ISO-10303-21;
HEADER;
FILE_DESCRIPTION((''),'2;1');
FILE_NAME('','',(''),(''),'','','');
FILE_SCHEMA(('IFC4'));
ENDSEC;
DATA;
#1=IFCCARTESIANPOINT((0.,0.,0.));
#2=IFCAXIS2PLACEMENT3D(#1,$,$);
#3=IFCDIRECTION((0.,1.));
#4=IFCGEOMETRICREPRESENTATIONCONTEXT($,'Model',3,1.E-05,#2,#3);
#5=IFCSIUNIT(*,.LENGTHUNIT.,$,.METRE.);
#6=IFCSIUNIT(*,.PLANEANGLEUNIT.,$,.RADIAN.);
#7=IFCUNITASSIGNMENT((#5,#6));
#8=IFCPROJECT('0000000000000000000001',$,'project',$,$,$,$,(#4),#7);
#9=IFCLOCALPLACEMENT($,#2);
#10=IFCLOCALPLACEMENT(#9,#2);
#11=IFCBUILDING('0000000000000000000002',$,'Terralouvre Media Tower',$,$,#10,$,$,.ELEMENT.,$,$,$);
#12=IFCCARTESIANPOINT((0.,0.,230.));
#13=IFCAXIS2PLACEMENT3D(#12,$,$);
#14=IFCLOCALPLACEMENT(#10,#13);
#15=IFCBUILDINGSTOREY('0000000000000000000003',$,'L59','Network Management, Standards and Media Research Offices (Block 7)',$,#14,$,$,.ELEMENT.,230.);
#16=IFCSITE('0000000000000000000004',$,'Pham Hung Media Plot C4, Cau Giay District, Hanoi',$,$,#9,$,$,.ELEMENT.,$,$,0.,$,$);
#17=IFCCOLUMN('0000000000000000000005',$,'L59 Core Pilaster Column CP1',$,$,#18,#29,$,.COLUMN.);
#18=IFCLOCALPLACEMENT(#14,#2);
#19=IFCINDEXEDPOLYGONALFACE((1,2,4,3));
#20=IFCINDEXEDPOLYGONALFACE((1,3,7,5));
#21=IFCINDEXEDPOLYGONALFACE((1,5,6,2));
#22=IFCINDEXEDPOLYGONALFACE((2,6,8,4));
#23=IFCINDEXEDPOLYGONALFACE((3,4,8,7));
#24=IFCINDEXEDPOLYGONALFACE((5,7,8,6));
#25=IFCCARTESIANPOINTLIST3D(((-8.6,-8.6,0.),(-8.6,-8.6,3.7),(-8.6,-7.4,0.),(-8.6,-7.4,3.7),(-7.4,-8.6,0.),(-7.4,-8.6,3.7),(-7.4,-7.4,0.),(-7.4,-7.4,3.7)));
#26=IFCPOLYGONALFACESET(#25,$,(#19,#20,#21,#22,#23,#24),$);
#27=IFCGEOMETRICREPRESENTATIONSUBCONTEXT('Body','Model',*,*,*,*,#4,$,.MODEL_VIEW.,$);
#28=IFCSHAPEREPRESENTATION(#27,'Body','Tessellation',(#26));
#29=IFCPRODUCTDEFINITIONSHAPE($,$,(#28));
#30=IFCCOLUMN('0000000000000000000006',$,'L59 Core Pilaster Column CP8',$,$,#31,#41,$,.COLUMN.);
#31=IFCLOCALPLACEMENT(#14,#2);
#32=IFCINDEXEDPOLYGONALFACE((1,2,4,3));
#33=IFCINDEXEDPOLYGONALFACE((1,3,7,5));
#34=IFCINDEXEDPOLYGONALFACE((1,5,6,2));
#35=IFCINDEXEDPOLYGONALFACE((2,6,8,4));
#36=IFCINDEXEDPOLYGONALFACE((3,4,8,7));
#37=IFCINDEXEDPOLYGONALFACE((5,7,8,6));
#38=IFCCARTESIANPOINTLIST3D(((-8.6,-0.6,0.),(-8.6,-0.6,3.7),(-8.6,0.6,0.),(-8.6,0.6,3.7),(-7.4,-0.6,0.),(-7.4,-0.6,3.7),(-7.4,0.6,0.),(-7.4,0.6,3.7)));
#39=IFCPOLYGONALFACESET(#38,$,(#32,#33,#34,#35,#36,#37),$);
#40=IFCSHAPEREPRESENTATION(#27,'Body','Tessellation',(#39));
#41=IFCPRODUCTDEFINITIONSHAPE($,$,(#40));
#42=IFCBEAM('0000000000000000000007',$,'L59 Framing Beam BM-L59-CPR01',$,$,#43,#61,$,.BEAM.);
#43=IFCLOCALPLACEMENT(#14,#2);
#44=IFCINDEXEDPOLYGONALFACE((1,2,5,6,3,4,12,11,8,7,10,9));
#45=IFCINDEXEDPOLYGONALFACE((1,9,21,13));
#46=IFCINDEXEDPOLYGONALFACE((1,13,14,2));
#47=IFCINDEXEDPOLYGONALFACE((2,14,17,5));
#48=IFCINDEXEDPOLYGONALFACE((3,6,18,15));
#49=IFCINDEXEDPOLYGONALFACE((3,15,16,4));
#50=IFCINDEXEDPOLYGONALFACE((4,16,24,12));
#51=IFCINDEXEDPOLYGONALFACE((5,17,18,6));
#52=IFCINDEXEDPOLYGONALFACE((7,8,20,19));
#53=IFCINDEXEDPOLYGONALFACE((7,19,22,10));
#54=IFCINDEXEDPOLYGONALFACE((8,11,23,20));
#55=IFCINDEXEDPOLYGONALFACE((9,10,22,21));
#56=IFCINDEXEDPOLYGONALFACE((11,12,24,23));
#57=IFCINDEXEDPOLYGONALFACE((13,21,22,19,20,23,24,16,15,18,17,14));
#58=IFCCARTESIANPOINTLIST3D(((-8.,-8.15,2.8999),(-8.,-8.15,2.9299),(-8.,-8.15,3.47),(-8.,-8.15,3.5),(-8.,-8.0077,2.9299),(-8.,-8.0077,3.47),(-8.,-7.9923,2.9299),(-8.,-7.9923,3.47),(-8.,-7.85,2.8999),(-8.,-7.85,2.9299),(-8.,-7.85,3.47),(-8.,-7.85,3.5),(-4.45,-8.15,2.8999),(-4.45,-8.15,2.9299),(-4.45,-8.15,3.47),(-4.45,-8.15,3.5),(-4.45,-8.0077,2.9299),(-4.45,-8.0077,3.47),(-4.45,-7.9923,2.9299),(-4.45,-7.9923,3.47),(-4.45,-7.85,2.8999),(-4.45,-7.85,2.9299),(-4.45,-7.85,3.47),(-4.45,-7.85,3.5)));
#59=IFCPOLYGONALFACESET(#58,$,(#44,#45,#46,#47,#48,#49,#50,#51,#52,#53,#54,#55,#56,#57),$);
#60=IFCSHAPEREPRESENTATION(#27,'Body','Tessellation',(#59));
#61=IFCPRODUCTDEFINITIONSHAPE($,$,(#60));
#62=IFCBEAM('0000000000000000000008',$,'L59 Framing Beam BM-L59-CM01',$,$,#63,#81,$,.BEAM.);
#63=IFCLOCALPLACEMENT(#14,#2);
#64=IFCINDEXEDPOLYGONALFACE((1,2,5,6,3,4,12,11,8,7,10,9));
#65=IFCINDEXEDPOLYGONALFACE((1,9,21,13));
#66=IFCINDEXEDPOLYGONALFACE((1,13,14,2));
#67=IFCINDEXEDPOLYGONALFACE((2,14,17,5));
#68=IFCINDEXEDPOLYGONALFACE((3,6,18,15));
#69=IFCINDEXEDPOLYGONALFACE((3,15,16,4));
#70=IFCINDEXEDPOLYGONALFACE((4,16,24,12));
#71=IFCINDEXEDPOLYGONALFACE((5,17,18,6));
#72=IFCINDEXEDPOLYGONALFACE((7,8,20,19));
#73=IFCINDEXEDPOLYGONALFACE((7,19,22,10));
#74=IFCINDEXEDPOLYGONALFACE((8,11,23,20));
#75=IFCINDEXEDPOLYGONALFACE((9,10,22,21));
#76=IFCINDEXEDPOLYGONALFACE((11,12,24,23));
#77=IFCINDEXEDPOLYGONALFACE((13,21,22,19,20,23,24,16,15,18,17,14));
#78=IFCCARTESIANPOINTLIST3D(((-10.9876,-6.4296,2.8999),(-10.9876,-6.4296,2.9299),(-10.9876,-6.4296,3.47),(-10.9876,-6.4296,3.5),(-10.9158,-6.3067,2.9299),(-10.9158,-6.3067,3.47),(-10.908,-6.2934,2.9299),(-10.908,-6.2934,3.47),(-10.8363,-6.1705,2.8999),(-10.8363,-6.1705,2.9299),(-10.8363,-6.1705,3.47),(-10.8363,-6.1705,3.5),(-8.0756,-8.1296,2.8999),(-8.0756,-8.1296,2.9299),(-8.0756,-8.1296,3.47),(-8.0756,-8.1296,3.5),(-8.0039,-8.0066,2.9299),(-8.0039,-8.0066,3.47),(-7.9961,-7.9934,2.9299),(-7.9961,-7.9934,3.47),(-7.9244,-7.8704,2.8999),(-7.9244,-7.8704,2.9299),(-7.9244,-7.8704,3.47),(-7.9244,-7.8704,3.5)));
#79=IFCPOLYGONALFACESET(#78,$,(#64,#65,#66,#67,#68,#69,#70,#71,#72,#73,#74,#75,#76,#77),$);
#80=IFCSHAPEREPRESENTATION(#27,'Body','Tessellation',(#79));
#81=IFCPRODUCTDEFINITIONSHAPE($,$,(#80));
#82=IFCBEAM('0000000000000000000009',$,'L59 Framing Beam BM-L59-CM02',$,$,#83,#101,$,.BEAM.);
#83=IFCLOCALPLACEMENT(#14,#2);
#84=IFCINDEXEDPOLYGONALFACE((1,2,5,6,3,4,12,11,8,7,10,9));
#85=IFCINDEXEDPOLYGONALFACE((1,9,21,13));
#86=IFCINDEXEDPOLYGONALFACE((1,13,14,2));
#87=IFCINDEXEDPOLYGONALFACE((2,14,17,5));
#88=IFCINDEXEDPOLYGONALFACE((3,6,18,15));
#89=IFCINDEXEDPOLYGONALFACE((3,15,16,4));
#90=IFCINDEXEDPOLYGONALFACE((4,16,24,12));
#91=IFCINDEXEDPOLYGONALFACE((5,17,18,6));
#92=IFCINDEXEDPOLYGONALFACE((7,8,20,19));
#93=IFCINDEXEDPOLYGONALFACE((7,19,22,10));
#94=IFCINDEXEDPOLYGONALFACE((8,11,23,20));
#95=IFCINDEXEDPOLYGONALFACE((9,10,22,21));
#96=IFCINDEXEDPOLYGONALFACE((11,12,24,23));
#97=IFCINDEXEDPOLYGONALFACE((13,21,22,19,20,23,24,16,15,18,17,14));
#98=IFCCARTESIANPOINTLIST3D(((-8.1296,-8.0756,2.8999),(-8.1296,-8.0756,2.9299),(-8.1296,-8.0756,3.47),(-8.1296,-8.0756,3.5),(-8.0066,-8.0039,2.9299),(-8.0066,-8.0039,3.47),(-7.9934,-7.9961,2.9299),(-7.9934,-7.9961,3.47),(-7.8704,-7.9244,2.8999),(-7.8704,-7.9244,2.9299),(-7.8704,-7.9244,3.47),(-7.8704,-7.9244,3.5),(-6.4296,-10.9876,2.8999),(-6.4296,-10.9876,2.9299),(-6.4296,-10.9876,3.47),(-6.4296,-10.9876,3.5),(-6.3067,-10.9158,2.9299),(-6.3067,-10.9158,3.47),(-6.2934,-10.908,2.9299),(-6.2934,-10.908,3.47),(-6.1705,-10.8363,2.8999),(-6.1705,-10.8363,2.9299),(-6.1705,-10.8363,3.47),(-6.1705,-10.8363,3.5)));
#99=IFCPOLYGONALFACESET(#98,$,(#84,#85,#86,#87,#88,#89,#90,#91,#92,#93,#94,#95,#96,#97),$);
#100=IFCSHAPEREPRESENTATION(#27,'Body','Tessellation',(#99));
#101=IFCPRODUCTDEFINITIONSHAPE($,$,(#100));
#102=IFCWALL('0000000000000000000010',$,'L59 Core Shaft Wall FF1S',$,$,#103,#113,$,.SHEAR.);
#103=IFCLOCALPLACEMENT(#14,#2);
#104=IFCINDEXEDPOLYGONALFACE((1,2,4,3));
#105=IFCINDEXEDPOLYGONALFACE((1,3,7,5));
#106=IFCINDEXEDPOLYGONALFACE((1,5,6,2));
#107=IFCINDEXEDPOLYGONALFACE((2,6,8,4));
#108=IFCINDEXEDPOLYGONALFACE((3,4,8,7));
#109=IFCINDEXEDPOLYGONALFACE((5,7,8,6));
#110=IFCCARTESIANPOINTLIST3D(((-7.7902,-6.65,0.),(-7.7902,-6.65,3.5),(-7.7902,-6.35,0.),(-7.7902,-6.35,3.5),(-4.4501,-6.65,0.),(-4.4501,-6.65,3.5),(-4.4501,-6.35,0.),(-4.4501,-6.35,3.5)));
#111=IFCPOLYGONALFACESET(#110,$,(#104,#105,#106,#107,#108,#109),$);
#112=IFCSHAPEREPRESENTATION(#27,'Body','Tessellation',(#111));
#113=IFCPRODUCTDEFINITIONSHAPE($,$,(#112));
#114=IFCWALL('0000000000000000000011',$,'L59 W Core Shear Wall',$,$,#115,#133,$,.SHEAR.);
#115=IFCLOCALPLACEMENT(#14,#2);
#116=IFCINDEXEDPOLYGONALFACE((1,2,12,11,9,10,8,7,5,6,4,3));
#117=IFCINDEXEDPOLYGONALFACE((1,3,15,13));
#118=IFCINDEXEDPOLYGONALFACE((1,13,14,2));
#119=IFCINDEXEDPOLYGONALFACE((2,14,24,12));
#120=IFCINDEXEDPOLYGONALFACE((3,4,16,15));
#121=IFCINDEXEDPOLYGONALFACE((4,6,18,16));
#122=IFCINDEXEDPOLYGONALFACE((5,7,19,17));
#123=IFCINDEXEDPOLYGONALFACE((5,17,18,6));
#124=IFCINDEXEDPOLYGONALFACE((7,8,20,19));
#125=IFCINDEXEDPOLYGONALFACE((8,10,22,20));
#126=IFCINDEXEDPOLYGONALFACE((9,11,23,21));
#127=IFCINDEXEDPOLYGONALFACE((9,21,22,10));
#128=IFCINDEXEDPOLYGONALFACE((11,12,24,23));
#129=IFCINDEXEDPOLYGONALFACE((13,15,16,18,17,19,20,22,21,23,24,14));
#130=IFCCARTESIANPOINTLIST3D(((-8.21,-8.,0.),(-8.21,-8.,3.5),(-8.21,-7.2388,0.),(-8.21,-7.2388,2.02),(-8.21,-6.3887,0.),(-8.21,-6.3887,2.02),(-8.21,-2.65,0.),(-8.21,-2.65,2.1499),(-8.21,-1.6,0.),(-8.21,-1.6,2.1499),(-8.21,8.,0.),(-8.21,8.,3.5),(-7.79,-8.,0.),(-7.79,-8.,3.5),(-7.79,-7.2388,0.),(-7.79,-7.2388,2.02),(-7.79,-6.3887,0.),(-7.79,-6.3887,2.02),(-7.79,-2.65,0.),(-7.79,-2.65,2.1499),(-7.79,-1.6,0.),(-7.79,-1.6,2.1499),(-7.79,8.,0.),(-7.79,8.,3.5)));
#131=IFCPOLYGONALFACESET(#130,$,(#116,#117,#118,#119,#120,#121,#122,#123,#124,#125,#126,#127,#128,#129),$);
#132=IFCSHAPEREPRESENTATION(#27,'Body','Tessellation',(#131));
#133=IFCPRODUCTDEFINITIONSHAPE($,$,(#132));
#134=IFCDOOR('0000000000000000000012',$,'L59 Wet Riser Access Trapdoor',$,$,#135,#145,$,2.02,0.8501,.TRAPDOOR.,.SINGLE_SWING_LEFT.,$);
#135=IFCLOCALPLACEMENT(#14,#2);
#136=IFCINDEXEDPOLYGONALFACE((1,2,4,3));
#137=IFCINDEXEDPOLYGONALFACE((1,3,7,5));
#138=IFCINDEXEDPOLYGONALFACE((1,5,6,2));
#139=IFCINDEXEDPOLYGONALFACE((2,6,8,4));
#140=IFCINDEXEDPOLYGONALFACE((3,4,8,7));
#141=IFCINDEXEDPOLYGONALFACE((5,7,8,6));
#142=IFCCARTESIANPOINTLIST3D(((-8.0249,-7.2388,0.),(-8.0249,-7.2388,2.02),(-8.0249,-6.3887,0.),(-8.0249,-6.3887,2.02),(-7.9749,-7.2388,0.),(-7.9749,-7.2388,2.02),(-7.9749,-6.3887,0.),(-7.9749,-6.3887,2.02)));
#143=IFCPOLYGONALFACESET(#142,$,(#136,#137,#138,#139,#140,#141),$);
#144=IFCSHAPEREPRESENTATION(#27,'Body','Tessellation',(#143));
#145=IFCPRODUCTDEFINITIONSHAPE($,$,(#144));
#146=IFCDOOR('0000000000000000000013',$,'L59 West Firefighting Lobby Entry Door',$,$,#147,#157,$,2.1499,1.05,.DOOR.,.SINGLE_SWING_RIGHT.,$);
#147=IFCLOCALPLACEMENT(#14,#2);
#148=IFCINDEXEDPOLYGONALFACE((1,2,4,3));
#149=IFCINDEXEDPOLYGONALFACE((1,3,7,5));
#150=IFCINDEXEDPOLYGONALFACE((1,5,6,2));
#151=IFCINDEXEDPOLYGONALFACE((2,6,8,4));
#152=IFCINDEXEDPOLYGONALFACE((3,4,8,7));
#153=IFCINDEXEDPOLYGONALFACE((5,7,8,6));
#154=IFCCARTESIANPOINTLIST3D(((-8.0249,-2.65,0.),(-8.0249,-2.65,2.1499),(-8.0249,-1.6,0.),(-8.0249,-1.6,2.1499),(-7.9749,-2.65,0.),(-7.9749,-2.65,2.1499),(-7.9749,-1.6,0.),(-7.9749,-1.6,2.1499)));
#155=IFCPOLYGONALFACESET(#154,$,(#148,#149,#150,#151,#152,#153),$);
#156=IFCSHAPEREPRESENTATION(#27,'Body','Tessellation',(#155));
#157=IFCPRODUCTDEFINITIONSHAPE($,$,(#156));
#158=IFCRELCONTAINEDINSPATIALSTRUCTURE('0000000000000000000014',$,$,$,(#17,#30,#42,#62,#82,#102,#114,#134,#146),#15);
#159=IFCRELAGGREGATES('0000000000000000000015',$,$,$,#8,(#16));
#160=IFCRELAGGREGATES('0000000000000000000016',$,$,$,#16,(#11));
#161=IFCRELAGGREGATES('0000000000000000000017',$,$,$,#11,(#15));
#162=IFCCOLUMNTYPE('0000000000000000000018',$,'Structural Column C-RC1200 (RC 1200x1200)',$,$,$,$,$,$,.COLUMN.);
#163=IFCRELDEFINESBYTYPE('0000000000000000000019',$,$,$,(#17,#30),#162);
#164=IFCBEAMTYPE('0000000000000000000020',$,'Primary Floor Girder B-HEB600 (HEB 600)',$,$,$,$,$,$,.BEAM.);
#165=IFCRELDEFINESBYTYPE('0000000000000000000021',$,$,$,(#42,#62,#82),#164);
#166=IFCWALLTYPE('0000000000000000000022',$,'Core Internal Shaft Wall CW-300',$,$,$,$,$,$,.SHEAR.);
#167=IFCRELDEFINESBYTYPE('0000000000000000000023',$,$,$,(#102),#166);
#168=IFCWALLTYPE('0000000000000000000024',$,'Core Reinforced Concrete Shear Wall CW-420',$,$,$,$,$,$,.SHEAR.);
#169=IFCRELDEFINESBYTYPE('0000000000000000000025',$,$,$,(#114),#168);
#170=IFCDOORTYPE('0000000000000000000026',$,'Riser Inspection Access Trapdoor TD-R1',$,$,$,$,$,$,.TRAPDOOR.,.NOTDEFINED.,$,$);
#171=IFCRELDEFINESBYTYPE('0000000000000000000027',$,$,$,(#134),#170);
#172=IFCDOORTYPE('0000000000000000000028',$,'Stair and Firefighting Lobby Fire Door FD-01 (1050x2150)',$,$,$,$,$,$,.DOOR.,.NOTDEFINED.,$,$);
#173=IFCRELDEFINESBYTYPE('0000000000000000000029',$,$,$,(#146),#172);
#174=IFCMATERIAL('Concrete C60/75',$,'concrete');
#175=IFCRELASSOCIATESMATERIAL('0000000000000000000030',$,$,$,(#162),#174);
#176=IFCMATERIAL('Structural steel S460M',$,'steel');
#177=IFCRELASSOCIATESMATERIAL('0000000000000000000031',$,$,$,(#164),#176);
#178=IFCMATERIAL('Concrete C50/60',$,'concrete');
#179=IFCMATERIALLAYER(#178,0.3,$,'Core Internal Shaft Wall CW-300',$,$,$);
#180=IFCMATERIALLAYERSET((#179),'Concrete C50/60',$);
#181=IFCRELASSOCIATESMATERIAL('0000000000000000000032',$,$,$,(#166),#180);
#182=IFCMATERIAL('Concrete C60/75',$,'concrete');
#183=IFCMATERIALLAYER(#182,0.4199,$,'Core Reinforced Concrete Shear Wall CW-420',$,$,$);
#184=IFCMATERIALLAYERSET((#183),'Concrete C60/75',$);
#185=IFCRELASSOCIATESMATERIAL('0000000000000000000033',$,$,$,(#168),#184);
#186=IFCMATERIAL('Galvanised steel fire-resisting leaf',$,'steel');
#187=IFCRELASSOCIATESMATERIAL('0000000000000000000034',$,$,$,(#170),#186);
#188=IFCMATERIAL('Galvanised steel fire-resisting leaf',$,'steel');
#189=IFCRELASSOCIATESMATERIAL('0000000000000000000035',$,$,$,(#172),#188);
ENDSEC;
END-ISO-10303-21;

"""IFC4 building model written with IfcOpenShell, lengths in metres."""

from ifc_helpers import new_model, si_unit, direction, frame, frame_2d, origin, origin_2d, place, context, subcontext, project, spatial, rectangle, i_section, extrude, material, layer, layer_set, material_profile, profile_set, type_object, element, fill, save


model = new_model("IFC4")

# Units and contexts
model_context = context("Model", 3, precision=1e-05, world=origin(), true_north=direction((0.0, 1.0)))
body_context = subcontext(model_context, "Body", "Model", "MODEL_VIEW")
ifc_project = project(units=[si_unit("LENGTHUNIT", "METRE"), si_unit("PLANEANGLEUNIT", "RADIAN")], contexts=[model_context])

# Site, building, storey
site_placement = place(None, origin())
site = spatial("IfcSite", under=ifc_project, at=site_placement, Name="Pham Hung Media Plot C4, Cau Giay District, Hanoi", CompositionType="ELEMENT", RefElevation=0.0)
building_placement = place(site_placement, origin())
building = spatial("IfcBuilding", under=site, at=building_placement, Name="Terralouvre Media Tower", CompositionType="ELEMENT")
storey_placement = place(building_placement, frame((0.0, 0.0, 230.0)))
storey = spatial("IfcBuildingStorey", under=building, at=storey_placement, Name="L59", Description="Network Management, Standards and Media Research Offices (Block 7)", CompositionType="ELEMENT", Elevation=230.0)

# Columns
ifc_material_1 = material(Name="Concrete C60/75", Category="concrete")
ifc_material_profile_1 = material_profile(ifc_material_1, rectangle(XDim=1.2, YDim=1.2, at=origin_2d()), Name="RC 1200x1200")
ifc_profile_set_1 = profile_set([ifc_material_profile_1], Name="Concrete C60/75")
column_type = type_object("IfcColumnType", Name="Structural Column C-RC1200 (RC 1200x1200)", PredefinedType="COLUMN", material=ifc_profile_set_1)
for number, where, z_axis, x_axis, name in (
    (1, (-8.0, -8.0, 0.0), (0.0, 0.0, 1.0), (1.0, 0.0, 0.0), "L59 Core Pilaster Column CP1"),
    (2, (-8.0, 0.0, 0.0), (0.0, 0.0, 1.0), (1.0, 0.0, 0.0), "L59 Core Pilaster Column CP8"),
):
    element("IfcColumn", number, at=place(storey_placement, frame(where, z_axis=z_axis, x_axis=x_axis)), inside=storey, type_object=column_type, Name=name, PredefinedType="COLUMN", context=body_context, shape_type="SweptSolid", body=[
        extrude(rectangle(XDim=1.2, YDim=1.2, at=origin_2d()), origin(), (0.0, 0.0, 1.0), 3.7),
    ])

# Beams
ifc_material_2 = material(Name="Structural steel S460M", Category="steel")
ifc_material_profile_2 = material_profile(ifc_material_2, i_section(OverallWidth=0.3, OverallDepth=0.6001, WebThickness=0.0154, FlangeThickness=0.03, at=origin_2d()), Name="HEB 600")
ifc_profile_set_2 = profile_set([ifc_material_profile_2], Name="Structural steel S460M")
beam_type = type_object("IfcBeamType", Name="Primary Floor Girder B-HEB600 (HEB 600)", PredefinedType="BEAM", material=ifc_profile_set_2)
beam_placement = place(storey_placement, frame((-8.0, -8.0, 3.2), z_axis=(1.0, 0.0, 0.0), x_axis=(0.0, 1.0, 0.0)))
element("IfcBeam", 3, at=beam_placement, inside=storey, type_object=beam_type, Name="L59 Framing Beam BM-L59-CPR01", PredefinedType="BEAM", context=body_context, shape_type="SweptSolid", body=[
    extrude(i_section(OverallWidth=0.3, OverallDepth=0.6001, WebThickness=0.0154, FlangeThickness=0.03, at=origin_2d()), origin(), (0.0, 0.0, 1.0), 3.55),
])
for number, where, z_axis, x_axis, name in (
    (4, (-8.0, -8.0, 3.2), (-0.863603, 0.504173, 0.0), (-0.504173, -0.863603, 0.0), "L59 Framing Beam BM-L59-CM01"),
    (5, (-8.0, -8.0, 3.2), (0.504173, -0.863603, 0.0), (0.863603, 0.504173, 0.0), "L59 Framing Beam BM-L59-CM02"),
):
    element("IfcBeam", number, at=place(storey_placement, frame(where, z_axis=z_axis, x_axis=x_axis)), inside=storey, type_object=beam_type, Name=name, PredefinedType="BEAM", context=body_context, shape_type="SweptSolid", body=[
        extrude(i_section(OverallWidth=0.3, OverallDepth=0.6001, WebThickness=0.0154, FlangeThickness=0.03, at=origin_2d()), origin(), (0.0, 0.0, 1.0), 3.3718),
    ])

# Wall
ifc_material_3 = material(Name="Concrete C50/60", Category="concrete")
ifc_layer_1 = layer(ifc_material_3, 0.3, Name="Core Internal Shaft Wall CW-300")
ifc_layer_set_1 = layer_set([ifc_layer_1], Name="Concrete C50/60")
wall_type_1 = type_object("IfcWallType", Name="Core Internal Shaft Wall CW-300", PredefinedType="SHEAR", material=ifc_layer_set_1)
wall_1_placement = place(storey_placement, frame((-7.79, -6.5, 0.0), z_axis=(0.0, 0.0, 1.0), x_axis=(1.0, 0.0, 0.0)))
element("IfcWall", 6, at=wall_1_placement, inside=storey, type_object=wall_type_1, Name="L59 Core Shaft Wall FF1S", PredefinedType="SHEAR", context=body_context, shape_type="SweptSolid", body=[
    extrude(rectangle(XDim=3.3401, YDim=0.3, at=frame_2d((1.6699, 0.0))), origin(), (0.0, 0.0, 1.0), 3.5),
])

# Wall, openings, doors
ifc_material_4 = material(Name="Concrete C60/75", Category="concrete")
ifc_layer_2 = layer(ifc_material_4, 0.4199, Name="Core Reinforced Concrete Shear Wall CW-420")
ifc_layer_set_2 = layer_set([ifc_layer_2], Name="Concrete C60/75")
wall_type_2 = type_object("IfcWallType", Name="Core Reinforced Concrete Shear Wall CW-420", PredefinedType="SHEAR", material=ifc_layer_set_2)
wall_2_placement = place(storey_placement, frame((-8.0, -8.0, 0.0), z_axis=(0.0, 0.0, 1.0), x_axis=(0.0, 1.0, 0.0)))
wall_2 = element("IfcWall", 7, at=wall_2_placement, inside=storey, type_object=wall_type_2, Name="L59 W Core Shear Wall", PredefinedType="SHEAR", context=body_context, shape_type="SweptSolid", body=[
    extrude(rectangle(XDim=16.0, YDim=0.4199, at=frame_2d((8.0, 0.0))), origin(), (0.0, 0.0, 1.0), 3.5),
])
opening_1_placement = place(wall_2_placement, frame((0.7612, 0.0, 0.0)))
opening_1 = element("IfcOpeningElement", 8, at=opening_1_placement, cuts=wall_2, PredefinedType="OPENING", context=body_context, shape_type="SweptSolid", body=[
    extrude(rectangle(XDim=0.8501, YDim=2.02, at=frame_2d((0.425, 1.01))), frame((0.0, 0.22, 0.0), z_axis=(0.0, -1.0, 0.0), x_axis=(1.0, 0.0, 0.0)), (0.0, 0.0, 1.0), 0.4399),
])
opening_2_placement = place(wall_2_placement, frame((5.3501, 0.0, 0.0)))
opening_2 = element("IfcOpeningElement", 9, at=opening_2_placement, cuts=wall_2, PredefinedType="OPENING", context=body_context, shape_type="SweptSolid", body=[
    extrude(rectangle(XDim=1.05, YDim=2.1499, at=frame_2d((0.5249, 1.075))), frame((0.0, 0.22, 0.0), z_axis=(0.0, -1.0, 0.0), x_axis=(1.0, 0.0, 0.0)), (0.0, 0.0, 1.0), 0.4399),
])
ifc_material_5 = material(Name="Galvanised steel fire-resisting leaf", Category="steel")
door_type_1 = type_object("IfcDoorType", Name="Riser Inspection Access Trapdoor TD-R1", OperationType="NOTDEFINED", PredefinedType="TRAPDOOR", material=ifc_material_5)
door_1_placement = place(opening_1_placement, origin())
door_1 = element("IfcDoor", 10, at=door_1_placement, inside=storey, type_object=door_type_1, Name="L59 Wet Riser Access Trapdoor", OperationType="SINGLE_SWING_LEFT", OverallHeight=2.02, OverallWidth=0.8501, PredefinedType="TRAPDOOR", context=body_context, shape_type="SweptSolid", body=[
    extrude(rectangle(XDim=0.8501, YDim=2.02, at=frame_2d((0.425, 1.01))), frame((0.0, 0.0249, 0.0), z_axis=(0.0, -1.0, 0.0), x_axis=(1.0, 0.0, 0.0)), (0.0, 0.0, 1.0), 0.05),
])
fill(opening_1, door_1)
ifc_material_6 = material(Name="Galvanised steel fire-resisting leaf", Category="steel")
door_type_2 = type_object("IfcDoorType", Name="Stair and Firefighting Lobby Fire Door FD-01 (1050x2150)", OperationType="NOTDEFINED", PredefinedType="DOOR", material=ifc_material_6)
door_2_placement = place(opening_2_placement, origin())
door_2 = element("IfcDoor", 11, at=door_2_placement, inside=storey, type_object=door_type_2, Name="L59 West Firefighting Lobby Entry Door", OperationType="SINGLE_SWING_RIGHT", OverallHeight=2.1499, OverallWidth=1.05, PredefinedType="DOOR", context=body_context, shape_type="SweptSolid", body=[
    extrude(rectangle(XDim=1.05, YDim=2.1499, at=frame_2d((0.5249, 1.075))), frame((0.0, 0.0249, 0.0), z_axis=(0.0, -1.0, 0.0), x_axis=(1.0, 0.0, 0.0)), (0.0, 0.0, 1.0), 0.05),
])
fill(opening_2, door_2)

save(model, "model.ifc")
